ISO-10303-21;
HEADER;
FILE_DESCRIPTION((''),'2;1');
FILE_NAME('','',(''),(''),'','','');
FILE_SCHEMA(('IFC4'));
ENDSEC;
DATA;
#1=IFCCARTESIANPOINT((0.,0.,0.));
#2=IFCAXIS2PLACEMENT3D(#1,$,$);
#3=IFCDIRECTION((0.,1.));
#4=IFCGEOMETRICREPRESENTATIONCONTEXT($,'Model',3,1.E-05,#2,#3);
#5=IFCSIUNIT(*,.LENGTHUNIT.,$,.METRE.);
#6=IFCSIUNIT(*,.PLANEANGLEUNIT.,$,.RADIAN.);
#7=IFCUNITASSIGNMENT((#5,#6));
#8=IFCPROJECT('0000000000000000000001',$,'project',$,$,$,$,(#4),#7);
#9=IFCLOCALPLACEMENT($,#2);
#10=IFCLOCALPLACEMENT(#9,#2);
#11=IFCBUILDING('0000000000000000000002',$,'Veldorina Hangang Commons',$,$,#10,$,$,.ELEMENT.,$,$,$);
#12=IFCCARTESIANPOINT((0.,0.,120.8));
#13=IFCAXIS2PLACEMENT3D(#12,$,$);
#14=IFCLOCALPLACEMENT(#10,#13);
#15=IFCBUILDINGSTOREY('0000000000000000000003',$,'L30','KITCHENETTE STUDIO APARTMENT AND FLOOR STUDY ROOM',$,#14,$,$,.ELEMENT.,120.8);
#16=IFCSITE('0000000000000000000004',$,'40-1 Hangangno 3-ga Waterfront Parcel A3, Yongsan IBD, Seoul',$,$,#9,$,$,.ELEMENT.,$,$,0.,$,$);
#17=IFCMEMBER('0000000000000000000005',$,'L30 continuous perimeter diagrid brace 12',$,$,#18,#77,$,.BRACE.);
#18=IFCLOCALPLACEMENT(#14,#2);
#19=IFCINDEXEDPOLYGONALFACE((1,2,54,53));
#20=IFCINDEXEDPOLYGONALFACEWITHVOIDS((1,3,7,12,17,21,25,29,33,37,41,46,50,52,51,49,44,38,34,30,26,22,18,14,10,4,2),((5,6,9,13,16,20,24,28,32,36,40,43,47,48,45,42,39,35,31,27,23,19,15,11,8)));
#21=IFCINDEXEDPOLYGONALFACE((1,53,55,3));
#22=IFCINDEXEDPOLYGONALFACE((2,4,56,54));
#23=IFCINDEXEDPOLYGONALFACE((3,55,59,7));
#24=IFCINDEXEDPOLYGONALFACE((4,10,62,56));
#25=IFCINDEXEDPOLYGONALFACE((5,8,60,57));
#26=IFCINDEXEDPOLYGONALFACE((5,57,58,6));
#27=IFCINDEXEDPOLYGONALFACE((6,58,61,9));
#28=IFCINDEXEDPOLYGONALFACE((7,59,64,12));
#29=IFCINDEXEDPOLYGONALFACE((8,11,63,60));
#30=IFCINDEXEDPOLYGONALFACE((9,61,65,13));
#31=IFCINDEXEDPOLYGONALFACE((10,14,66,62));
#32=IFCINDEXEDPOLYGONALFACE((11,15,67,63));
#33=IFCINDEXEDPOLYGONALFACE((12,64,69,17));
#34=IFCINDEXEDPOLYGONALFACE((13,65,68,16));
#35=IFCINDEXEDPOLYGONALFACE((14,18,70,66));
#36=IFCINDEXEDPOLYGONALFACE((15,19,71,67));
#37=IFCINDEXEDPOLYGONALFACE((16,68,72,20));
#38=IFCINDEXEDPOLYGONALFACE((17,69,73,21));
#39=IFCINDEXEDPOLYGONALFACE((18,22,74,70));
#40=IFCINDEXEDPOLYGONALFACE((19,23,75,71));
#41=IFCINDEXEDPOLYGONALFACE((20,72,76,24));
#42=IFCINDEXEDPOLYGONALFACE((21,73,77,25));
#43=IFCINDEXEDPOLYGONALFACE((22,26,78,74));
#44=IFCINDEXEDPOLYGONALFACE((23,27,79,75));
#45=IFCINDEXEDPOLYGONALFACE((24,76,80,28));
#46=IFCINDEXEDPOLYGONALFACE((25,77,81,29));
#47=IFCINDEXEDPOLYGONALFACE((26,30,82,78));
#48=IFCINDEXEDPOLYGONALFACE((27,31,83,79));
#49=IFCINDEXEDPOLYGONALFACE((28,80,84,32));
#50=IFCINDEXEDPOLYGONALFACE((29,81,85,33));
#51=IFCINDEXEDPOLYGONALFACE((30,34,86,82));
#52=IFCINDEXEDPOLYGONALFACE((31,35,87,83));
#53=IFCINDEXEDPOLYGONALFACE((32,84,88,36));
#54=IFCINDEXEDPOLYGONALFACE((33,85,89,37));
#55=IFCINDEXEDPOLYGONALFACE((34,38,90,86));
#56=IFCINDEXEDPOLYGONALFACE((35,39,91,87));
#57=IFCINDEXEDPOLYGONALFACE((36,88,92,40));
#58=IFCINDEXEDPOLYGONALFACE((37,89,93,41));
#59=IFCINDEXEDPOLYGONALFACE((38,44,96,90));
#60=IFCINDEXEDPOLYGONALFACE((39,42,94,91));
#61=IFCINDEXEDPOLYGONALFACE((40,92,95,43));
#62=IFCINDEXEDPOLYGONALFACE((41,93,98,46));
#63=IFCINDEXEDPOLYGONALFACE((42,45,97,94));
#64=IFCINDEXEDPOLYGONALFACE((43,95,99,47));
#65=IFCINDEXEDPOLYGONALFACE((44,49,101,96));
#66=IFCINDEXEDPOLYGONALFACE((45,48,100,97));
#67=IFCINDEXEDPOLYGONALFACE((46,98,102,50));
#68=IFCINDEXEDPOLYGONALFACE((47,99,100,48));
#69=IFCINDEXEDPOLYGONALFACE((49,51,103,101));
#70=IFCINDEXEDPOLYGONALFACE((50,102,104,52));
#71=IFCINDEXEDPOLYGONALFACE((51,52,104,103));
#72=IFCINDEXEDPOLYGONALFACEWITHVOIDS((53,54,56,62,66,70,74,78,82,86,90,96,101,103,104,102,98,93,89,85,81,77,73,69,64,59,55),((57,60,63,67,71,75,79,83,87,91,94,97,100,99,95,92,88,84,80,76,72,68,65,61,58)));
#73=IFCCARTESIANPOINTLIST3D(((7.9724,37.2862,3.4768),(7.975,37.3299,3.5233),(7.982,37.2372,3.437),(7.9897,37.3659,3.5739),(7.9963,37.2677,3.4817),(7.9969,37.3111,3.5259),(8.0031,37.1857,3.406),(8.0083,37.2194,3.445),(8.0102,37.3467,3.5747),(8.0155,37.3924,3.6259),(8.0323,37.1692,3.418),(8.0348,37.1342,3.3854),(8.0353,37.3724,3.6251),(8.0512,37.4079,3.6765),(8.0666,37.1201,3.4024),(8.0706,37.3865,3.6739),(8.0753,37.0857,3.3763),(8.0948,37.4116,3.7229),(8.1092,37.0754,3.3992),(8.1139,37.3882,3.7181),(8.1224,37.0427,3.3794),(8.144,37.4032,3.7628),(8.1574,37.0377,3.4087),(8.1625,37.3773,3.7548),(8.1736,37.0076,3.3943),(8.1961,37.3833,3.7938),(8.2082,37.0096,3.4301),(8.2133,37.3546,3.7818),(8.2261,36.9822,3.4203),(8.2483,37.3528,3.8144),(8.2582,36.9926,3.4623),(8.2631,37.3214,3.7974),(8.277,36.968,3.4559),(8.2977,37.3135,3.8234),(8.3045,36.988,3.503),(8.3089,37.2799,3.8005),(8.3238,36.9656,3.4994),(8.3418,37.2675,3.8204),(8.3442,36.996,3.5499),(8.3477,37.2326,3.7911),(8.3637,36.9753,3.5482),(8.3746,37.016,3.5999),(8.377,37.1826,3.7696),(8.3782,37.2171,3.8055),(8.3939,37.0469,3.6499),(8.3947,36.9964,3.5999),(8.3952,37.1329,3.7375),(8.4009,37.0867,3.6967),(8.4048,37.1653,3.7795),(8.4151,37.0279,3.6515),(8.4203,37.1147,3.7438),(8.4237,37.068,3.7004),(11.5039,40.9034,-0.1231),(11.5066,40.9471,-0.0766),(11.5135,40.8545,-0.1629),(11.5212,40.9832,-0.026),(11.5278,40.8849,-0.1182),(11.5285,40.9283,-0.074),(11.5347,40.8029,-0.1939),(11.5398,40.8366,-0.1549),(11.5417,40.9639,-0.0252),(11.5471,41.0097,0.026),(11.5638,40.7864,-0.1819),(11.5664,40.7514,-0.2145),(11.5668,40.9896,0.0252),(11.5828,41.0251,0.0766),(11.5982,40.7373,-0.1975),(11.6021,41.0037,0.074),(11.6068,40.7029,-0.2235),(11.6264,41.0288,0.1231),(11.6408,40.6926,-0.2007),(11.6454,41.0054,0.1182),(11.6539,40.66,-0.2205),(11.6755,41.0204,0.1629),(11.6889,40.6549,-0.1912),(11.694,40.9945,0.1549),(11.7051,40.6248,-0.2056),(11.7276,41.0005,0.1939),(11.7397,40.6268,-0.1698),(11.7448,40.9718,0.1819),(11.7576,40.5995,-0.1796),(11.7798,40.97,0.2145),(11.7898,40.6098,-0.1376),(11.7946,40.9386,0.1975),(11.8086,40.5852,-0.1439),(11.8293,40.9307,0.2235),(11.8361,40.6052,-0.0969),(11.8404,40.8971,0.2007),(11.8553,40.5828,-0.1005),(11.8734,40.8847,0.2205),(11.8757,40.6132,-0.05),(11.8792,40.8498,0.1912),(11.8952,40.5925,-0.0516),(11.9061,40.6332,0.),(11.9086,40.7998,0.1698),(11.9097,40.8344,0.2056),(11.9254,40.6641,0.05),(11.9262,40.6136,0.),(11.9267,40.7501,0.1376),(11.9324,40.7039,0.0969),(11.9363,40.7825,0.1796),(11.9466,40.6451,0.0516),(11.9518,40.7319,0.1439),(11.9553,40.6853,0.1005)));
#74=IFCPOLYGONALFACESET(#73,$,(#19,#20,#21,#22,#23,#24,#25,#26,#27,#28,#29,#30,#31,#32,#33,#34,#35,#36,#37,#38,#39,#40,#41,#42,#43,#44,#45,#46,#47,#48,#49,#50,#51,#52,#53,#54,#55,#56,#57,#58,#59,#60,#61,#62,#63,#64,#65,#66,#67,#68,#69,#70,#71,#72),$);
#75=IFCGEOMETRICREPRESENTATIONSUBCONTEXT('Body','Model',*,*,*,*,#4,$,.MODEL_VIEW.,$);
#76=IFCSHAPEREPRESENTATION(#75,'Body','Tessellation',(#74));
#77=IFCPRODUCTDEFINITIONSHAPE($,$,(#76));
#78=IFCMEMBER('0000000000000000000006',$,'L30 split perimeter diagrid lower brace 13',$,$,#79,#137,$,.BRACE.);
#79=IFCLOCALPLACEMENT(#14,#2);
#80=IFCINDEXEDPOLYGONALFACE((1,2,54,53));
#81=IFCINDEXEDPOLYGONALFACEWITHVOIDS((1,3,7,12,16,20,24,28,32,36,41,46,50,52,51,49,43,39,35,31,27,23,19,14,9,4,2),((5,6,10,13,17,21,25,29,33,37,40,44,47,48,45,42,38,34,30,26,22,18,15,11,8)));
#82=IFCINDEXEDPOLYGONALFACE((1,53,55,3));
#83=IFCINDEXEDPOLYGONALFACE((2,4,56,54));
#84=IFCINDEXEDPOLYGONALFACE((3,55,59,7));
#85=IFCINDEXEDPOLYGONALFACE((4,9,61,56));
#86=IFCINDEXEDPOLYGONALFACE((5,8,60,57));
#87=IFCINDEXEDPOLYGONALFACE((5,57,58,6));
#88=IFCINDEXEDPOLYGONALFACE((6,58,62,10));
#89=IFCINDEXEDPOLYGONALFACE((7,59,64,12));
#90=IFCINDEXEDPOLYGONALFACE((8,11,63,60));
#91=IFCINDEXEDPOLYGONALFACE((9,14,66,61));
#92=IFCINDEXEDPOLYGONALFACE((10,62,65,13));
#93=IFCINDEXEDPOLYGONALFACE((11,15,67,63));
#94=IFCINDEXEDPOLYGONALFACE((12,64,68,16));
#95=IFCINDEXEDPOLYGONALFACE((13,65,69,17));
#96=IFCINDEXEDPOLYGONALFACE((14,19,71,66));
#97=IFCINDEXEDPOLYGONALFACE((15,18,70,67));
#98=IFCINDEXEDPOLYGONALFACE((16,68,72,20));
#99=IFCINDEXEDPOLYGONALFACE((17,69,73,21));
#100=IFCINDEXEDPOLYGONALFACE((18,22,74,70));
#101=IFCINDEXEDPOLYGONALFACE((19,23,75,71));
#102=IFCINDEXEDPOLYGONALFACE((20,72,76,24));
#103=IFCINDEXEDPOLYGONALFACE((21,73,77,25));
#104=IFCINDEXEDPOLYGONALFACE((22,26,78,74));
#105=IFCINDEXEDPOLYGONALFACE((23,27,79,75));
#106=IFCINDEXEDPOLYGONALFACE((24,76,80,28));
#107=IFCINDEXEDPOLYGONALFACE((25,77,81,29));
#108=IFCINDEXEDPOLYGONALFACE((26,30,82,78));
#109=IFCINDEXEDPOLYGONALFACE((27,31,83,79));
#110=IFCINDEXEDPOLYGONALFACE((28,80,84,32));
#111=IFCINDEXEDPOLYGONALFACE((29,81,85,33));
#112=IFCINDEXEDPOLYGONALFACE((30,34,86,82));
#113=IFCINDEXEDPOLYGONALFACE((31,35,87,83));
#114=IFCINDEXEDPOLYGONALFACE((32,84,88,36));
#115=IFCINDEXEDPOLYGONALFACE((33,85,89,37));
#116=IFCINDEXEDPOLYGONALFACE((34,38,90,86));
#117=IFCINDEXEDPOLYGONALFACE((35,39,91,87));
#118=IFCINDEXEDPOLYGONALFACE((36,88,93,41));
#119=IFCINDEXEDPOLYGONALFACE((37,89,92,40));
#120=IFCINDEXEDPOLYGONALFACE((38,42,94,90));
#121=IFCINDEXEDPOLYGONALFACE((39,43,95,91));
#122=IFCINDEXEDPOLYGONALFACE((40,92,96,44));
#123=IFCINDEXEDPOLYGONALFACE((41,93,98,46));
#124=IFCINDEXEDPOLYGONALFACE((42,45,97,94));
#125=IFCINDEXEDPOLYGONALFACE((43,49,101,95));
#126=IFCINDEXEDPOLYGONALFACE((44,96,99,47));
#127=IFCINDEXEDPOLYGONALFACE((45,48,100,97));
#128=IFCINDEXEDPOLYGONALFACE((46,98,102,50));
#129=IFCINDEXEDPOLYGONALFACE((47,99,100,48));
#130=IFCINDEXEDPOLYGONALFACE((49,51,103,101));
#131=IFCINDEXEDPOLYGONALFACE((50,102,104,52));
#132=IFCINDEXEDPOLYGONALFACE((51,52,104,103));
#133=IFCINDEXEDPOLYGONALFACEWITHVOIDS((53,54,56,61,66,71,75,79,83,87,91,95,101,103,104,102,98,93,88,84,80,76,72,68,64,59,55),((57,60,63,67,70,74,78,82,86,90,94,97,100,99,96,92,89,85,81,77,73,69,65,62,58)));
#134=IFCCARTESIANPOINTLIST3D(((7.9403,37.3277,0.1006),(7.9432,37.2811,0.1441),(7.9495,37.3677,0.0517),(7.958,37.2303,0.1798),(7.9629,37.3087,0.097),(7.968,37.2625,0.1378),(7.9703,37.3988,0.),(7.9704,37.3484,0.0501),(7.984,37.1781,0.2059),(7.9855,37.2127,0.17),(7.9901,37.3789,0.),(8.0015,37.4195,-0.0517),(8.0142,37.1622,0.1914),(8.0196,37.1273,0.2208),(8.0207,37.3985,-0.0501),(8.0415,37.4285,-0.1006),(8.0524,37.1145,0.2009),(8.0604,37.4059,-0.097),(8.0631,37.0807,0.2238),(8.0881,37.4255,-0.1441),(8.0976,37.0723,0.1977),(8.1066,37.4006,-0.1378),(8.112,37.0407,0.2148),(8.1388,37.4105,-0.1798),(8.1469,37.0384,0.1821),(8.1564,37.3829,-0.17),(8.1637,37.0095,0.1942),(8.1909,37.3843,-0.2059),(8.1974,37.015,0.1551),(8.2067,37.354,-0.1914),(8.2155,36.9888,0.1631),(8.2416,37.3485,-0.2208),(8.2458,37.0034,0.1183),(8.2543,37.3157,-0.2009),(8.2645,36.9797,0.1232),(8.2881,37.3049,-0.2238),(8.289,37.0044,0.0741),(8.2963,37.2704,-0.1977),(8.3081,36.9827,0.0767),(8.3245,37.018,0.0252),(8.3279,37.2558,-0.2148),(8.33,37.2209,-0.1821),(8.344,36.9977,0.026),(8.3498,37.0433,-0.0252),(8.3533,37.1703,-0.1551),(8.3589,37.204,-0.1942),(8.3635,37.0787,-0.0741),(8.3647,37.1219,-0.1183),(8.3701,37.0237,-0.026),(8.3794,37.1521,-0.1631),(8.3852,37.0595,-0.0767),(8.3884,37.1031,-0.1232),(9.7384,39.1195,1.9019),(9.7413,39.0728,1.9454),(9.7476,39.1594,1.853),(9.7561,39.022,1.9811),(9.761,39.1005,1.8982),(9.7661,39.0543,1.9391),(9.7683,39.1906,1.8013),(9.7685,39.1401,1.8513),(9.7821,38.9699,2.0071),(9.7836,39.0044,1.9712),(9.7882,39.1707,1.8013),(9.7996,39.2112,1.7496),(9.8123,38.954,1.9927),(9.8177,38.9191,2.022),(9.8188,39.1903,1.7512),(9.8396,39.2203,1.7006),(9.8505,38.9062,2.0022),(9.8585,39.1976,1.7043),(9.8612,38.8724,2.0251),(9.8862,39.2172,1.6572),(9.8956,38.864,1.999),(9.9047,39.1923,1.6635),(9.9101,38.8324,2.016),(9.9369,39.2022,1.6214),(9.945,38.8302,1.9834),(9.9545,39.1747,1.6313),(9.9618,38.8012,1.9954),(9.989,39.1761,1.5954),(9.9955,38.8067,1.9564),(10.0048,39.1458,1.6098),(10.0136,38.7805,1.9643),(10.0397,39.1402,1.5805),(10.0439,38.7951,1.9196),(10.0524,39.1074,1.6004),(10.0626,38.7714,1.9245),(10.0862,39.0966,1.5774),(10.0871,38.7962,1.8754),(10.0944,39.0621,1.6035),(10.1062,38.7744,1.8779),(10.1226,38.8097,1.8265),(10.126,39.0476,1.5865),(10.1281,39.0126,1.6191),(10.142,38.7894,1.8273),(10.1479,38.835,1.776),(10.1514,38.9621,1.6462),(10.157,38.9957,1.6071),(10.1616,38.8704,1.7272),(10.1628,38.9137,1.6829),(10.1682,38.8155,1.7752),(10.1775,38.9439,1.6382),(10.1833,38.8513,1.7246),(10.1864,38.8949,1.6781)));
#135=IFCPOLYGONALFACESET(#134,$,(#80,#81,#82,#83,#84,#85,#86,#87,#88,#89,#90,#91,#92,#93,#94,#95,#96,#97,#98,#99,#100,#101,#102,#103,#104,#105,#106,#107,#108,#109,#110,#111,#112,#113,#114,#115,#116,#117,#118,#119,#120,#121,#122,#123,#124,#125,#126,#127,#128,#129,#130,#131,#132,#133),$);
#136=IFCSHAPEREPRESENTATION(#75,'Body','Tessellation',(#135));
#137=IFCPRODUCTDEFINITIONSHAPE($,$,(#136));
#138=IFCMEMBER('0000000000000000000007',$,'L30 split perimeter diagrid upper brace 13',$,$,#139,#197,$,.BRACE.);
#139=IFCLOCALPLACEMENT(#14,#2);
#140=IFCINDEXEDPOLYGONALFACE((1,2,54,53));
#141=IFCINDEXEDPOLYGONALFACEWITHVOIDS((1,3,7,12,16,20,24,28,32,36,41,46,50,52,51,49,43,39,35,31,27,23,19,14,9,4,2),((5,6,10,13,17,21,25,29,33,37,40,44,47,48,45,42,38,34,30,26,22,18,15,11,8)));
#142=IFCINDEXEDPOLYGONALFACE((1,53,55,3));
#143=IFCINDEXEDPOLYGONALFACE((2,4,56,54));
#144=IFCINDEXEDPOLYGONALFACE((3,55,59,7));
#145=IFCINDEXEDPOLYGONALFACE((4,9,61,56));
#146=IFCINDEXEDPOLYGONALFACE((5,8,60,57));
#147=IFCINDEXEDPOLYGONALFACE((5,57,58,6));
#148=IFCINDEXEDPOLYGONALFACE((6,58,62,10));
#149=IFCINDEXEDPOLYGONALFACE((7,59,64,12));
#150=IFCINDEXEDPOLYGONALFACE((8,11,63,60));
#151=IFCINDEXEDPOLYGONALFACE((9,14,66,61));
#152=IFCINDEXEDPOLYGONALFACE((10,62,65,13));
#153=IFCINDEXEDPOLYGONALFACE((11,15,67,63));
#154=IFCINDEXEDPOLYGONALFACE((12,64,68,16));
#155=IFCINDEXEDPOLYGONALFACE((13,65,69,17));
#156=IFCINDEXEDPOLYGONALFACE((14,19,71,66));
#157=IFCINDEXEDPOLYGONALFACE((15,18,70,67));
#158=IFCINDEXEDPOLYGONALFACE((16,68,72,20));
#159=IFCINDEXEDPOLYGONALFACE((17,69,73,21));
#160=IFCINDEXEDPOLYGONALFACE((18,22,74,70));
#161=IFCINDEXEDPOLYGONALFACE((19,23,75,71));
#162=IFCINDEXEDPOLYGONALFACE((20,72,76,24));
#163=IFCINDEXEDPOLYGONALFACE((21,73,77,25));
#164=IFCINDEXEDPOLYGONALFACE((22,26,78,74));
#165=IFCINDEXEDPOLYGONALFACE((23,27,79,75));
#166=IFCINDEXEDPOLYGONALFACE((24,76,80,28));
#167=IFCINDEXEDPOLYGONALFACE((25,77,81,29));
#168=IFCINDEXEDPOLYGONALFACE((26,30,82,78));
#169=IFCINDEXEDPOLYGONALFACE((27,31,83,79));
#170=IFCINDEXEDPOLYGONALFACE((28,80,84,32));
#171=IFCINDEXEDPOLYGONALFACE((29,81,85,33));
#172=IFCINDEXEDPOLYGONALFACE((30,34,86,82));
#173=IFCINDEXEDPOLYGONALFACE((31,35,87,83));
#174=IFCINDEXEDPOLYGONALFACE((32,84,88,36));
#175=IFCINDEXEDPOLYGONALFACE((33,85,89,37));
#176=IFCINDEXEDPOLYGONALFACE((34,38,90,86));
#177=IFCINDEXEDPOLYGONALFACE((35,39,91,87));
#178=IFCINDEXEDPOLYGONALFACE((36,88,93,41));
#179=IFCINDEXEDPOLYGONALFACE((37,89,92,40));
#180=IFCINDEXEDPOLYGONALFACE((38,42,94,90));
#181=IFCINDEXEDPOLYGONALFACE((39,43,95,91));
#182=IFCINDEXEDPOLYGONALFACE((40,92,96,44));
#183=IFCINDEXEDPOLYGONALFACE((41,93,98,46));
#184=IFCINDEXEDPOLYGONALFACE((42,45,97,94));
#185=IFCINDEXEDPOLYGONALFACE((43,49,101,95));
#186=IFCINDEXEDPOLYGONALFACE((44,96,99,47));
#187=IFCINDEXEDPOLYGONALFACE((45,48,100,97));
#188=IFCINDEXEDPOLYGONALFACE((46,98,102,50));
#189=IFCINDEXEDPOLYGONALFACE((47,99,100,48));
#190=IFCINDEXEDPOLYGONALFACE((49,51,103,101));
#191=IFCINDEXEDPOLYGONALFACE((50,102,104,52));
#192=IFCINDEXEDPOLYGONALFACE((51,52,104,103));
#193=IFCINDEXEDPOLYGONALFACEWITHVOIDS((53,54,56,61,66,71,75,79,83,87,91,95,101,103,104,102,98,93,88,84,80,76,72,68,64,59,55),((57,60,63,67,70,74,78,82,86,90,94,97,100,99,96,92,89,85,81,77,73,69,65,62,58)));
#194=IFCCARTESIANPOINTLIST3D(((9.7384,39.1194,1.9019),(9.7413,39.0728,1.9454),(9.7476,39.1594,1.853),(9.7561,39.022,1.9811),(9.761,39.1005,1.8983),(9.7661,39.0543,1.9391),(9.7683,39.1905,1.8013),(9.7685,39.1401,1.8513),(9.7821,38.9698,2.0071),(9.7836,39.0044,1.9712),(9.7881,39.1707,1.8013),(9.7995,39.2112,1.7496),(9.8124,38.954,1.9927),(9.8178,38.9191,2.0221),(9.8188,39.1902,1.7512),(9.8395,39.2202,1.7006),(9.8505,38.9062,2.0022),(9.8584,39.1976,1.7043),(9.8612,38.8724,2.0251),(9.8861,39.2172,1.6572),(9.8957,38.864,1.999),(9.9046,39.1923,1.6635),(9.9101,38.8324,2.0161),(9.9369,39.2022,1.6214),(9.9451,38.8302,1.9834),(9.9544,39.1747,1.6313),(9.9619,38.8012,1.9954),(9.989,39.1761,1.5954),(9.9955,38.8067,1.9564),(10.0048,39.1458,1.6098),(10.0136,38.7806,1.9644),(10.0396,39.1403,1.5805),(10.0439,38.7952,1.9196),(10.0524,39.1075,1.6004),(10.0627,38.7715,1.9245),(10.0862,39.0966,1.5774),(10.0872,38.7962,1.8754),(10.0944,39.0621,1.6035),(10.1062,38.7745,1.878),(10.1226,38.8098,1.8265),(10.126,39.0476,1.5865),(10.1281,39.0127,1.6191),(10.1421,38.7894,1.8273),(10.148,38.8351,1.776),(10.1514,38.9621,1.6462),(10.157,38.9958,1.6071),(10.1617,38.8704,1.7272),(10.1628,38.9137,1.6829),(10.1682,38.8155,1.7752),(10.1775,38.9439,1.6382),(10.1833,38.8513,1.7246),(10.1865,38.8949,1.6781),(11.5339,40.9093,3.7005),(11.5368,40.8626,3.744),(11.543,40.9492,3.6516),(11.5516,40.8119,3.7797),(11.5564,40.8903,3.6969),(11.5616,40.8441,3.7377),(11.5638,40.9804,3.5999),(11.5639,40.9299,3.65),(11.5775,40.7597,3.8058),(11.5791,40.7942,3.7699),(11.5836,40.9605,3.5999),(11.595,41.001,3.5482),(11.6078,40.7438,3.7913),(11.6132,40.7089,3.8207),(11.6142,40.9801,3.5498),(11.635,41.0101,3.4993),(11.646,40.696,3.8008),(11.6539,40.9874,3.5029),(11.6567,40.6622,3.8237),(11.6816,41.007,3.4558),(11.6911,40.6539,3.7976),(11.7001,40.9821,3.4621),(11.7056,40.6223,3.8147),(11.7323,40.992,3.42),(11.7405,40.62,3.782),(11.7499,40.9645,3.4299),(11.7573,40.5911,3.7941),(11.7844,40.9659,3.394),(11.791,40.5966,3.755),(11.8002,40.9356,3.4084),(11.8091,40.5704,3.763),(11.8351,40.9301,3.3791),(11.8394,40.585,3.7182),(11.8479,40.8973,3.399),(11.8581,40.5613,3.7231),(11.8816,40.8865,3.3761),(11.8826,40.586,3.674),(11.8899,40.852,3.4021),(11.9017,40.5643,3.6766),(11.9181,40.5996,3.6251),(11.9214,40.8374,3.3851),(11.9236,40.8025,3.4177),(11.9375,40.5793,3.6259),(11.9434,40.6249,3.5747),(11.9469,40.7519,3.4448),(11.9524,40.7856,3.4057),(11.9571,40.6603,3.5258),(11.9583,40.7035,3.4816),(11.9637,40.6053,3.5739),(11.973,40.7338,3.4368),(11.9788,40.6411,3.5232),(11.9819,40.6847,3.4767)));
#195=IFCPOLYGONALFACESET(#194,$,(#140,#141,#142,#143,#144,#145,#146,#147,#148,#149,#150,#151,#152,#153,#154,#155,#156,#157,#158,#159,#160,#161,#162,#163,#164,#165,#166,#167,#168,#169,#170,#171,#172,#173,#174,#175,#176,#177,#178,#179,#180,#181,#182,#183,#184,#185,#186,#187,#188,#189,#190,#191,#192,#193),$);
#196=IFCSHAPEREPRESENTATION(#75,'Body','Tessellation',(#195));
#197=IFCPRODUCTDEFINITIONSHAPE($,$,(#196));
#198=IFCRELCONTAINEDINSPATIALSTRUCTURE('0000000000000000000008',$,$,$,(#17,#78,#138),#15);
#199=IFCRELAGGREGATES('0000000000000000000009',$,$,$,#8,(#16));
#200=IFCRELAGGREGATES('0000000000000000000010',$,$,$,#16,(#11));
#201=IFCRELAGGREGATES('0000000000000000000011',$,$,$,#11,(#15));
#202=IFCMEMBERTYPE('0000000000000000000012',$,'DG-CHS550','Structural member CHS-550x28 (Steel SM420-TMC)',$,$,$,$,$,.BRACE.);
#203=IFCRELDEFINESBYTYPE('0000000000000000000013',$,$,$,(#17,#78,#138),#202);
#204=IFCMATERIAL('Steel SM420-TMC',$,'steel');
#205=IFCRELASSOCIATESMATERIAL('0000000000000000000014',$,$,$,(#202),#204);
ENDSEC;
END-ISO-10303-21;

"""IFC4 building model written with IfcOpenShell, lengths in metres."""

from ifc_helpers import new_model, si_unit, direction, frame, origin, origin_2d, place, context, subcontext, project, spatial, hollow_circle, extrude, material, material_profile, profile_set, type_object, element, save


model = new_model("IFC4")

# Units and contexts
model_context = context("Model", 3, precision=1e-05, world=origin(), true_north=direction((0.0, 1.0)))
body_context = subcontext(model_context, "Body", "Model", "MODEL_VIEW")
ifc_project = project(units=[si_unit("LENGTHUNIT", "METRE"), si_unit("PLANEANGLEUNIT", "RADIAN")], contexts=[model_context])

# Site, building, storey
site_placement = place(None, origin())
site = spatial("IfcSite", under=ifc_project, at=site_placement, Name="40-1 Hangangno 3-ga Waterfront Parcel A3, Yongsan IBD, Seoul", CompositionType="ELEMENT", RefElevation=0.0)
building_placement = place(site_placement, origin())
building = spatial("IfcBuilding", under=site, at=building_placement, Name="Veldorina Hangang Commons", CompositionType="ELEMENT")
storey_placement = place(building_placement, frame((0.0, 0.0, 120.8)))
storey = spatial("IfcBuildingStorey", under=building, at=storey_placement, Name="L30", Description="KITCHENETTE STUDIO APARTMENT AND FLOOR STUDY ROOM", CompositionType="ELEMENT", Elevation=120.8)

# Shared definitions
ifc_material_1 = material(Name="Steel SM420-TMC", Category="steel")

# Members
ifc_material_profile_1 = material_profile(ifc_material_1, hollow_circle(Radius=0.2749, WallThickness=0.0281, at=origin_2d()), Name="CHS-550x28")
ifc_profile_set_1 = profile_set([ifc_material_profile_1], Name="Steel SM420-TMC")
member_type = type_object("IfcMemberType", Name="DG-CHS550", Description="Structural member CHS-550x28 (Steel SM420-TMC)", PredefinedType="BRACE", material=ifc_profile_set_1)
member_1_placement = place(storey_placement, frame((11.7295, 40.8057, 0.0), z_axis=(-0.569045, -0.582853, 0.58006), x_axis=(0.715532, -0.69858, 0.0)))
element("IfcMember", 1, at=member_1_placement, inside=storey, type_object=member_type, Name="L30 continuous perimeter diagrid brace 12", PredefinedType="BRACE", context=body_context, shape_type="SweptSolid", body=[
    extrude(hollow_circle(Radius=0.2749, WallThickness=0.0281, at=origin_2d()), origin(), (0.0, 0.0, 1.0), 6.2061),
])
member_2_placement = place(storey_placement, frame((8.1643, 37.2041, 0.0), z_axis=(0.577689, 0.575649, 0.578708), x_axis=(-0.705855, 0.708356, 0.0)))
element("IfcMember", 2, at=member_2_placement, inside=storey, type_object=member_type, Name="L30 split perimeter diagrid lower brace 13", PredefinedType="BRACE", context=body_context, shape_type="SweptSolid", body=[
    extrude(hollow_circle(Radius=0.2749, WallThickness=0.0281, at=origin_2d()), origin(), (0.0, 0.0, 1.0), 3.1125),
])
member_3_placement = place(storey_placement, frame((9.9624, 38.9958, 1.8013), z_axis=(0.577611, 0.575804, 0.578632), x_axis=(-0.705998, 0.708213, 0.0)))
element("IfcMember", 3, at=member_3_placement, inside=storey, type_object=member_type, Name="L30 split perimeter diagrid upper brace 13", PredefinedType="BRACE", context=body_context, shape_type="SweptSolid", body=[
    extrude(hollow_circle(Radius=0.2749, WallThickness=0.0281, at=origin_2d()), origin(), (0.0, 0.0, 1.0), 3.1084),
])

save(model, "model.ifc")
